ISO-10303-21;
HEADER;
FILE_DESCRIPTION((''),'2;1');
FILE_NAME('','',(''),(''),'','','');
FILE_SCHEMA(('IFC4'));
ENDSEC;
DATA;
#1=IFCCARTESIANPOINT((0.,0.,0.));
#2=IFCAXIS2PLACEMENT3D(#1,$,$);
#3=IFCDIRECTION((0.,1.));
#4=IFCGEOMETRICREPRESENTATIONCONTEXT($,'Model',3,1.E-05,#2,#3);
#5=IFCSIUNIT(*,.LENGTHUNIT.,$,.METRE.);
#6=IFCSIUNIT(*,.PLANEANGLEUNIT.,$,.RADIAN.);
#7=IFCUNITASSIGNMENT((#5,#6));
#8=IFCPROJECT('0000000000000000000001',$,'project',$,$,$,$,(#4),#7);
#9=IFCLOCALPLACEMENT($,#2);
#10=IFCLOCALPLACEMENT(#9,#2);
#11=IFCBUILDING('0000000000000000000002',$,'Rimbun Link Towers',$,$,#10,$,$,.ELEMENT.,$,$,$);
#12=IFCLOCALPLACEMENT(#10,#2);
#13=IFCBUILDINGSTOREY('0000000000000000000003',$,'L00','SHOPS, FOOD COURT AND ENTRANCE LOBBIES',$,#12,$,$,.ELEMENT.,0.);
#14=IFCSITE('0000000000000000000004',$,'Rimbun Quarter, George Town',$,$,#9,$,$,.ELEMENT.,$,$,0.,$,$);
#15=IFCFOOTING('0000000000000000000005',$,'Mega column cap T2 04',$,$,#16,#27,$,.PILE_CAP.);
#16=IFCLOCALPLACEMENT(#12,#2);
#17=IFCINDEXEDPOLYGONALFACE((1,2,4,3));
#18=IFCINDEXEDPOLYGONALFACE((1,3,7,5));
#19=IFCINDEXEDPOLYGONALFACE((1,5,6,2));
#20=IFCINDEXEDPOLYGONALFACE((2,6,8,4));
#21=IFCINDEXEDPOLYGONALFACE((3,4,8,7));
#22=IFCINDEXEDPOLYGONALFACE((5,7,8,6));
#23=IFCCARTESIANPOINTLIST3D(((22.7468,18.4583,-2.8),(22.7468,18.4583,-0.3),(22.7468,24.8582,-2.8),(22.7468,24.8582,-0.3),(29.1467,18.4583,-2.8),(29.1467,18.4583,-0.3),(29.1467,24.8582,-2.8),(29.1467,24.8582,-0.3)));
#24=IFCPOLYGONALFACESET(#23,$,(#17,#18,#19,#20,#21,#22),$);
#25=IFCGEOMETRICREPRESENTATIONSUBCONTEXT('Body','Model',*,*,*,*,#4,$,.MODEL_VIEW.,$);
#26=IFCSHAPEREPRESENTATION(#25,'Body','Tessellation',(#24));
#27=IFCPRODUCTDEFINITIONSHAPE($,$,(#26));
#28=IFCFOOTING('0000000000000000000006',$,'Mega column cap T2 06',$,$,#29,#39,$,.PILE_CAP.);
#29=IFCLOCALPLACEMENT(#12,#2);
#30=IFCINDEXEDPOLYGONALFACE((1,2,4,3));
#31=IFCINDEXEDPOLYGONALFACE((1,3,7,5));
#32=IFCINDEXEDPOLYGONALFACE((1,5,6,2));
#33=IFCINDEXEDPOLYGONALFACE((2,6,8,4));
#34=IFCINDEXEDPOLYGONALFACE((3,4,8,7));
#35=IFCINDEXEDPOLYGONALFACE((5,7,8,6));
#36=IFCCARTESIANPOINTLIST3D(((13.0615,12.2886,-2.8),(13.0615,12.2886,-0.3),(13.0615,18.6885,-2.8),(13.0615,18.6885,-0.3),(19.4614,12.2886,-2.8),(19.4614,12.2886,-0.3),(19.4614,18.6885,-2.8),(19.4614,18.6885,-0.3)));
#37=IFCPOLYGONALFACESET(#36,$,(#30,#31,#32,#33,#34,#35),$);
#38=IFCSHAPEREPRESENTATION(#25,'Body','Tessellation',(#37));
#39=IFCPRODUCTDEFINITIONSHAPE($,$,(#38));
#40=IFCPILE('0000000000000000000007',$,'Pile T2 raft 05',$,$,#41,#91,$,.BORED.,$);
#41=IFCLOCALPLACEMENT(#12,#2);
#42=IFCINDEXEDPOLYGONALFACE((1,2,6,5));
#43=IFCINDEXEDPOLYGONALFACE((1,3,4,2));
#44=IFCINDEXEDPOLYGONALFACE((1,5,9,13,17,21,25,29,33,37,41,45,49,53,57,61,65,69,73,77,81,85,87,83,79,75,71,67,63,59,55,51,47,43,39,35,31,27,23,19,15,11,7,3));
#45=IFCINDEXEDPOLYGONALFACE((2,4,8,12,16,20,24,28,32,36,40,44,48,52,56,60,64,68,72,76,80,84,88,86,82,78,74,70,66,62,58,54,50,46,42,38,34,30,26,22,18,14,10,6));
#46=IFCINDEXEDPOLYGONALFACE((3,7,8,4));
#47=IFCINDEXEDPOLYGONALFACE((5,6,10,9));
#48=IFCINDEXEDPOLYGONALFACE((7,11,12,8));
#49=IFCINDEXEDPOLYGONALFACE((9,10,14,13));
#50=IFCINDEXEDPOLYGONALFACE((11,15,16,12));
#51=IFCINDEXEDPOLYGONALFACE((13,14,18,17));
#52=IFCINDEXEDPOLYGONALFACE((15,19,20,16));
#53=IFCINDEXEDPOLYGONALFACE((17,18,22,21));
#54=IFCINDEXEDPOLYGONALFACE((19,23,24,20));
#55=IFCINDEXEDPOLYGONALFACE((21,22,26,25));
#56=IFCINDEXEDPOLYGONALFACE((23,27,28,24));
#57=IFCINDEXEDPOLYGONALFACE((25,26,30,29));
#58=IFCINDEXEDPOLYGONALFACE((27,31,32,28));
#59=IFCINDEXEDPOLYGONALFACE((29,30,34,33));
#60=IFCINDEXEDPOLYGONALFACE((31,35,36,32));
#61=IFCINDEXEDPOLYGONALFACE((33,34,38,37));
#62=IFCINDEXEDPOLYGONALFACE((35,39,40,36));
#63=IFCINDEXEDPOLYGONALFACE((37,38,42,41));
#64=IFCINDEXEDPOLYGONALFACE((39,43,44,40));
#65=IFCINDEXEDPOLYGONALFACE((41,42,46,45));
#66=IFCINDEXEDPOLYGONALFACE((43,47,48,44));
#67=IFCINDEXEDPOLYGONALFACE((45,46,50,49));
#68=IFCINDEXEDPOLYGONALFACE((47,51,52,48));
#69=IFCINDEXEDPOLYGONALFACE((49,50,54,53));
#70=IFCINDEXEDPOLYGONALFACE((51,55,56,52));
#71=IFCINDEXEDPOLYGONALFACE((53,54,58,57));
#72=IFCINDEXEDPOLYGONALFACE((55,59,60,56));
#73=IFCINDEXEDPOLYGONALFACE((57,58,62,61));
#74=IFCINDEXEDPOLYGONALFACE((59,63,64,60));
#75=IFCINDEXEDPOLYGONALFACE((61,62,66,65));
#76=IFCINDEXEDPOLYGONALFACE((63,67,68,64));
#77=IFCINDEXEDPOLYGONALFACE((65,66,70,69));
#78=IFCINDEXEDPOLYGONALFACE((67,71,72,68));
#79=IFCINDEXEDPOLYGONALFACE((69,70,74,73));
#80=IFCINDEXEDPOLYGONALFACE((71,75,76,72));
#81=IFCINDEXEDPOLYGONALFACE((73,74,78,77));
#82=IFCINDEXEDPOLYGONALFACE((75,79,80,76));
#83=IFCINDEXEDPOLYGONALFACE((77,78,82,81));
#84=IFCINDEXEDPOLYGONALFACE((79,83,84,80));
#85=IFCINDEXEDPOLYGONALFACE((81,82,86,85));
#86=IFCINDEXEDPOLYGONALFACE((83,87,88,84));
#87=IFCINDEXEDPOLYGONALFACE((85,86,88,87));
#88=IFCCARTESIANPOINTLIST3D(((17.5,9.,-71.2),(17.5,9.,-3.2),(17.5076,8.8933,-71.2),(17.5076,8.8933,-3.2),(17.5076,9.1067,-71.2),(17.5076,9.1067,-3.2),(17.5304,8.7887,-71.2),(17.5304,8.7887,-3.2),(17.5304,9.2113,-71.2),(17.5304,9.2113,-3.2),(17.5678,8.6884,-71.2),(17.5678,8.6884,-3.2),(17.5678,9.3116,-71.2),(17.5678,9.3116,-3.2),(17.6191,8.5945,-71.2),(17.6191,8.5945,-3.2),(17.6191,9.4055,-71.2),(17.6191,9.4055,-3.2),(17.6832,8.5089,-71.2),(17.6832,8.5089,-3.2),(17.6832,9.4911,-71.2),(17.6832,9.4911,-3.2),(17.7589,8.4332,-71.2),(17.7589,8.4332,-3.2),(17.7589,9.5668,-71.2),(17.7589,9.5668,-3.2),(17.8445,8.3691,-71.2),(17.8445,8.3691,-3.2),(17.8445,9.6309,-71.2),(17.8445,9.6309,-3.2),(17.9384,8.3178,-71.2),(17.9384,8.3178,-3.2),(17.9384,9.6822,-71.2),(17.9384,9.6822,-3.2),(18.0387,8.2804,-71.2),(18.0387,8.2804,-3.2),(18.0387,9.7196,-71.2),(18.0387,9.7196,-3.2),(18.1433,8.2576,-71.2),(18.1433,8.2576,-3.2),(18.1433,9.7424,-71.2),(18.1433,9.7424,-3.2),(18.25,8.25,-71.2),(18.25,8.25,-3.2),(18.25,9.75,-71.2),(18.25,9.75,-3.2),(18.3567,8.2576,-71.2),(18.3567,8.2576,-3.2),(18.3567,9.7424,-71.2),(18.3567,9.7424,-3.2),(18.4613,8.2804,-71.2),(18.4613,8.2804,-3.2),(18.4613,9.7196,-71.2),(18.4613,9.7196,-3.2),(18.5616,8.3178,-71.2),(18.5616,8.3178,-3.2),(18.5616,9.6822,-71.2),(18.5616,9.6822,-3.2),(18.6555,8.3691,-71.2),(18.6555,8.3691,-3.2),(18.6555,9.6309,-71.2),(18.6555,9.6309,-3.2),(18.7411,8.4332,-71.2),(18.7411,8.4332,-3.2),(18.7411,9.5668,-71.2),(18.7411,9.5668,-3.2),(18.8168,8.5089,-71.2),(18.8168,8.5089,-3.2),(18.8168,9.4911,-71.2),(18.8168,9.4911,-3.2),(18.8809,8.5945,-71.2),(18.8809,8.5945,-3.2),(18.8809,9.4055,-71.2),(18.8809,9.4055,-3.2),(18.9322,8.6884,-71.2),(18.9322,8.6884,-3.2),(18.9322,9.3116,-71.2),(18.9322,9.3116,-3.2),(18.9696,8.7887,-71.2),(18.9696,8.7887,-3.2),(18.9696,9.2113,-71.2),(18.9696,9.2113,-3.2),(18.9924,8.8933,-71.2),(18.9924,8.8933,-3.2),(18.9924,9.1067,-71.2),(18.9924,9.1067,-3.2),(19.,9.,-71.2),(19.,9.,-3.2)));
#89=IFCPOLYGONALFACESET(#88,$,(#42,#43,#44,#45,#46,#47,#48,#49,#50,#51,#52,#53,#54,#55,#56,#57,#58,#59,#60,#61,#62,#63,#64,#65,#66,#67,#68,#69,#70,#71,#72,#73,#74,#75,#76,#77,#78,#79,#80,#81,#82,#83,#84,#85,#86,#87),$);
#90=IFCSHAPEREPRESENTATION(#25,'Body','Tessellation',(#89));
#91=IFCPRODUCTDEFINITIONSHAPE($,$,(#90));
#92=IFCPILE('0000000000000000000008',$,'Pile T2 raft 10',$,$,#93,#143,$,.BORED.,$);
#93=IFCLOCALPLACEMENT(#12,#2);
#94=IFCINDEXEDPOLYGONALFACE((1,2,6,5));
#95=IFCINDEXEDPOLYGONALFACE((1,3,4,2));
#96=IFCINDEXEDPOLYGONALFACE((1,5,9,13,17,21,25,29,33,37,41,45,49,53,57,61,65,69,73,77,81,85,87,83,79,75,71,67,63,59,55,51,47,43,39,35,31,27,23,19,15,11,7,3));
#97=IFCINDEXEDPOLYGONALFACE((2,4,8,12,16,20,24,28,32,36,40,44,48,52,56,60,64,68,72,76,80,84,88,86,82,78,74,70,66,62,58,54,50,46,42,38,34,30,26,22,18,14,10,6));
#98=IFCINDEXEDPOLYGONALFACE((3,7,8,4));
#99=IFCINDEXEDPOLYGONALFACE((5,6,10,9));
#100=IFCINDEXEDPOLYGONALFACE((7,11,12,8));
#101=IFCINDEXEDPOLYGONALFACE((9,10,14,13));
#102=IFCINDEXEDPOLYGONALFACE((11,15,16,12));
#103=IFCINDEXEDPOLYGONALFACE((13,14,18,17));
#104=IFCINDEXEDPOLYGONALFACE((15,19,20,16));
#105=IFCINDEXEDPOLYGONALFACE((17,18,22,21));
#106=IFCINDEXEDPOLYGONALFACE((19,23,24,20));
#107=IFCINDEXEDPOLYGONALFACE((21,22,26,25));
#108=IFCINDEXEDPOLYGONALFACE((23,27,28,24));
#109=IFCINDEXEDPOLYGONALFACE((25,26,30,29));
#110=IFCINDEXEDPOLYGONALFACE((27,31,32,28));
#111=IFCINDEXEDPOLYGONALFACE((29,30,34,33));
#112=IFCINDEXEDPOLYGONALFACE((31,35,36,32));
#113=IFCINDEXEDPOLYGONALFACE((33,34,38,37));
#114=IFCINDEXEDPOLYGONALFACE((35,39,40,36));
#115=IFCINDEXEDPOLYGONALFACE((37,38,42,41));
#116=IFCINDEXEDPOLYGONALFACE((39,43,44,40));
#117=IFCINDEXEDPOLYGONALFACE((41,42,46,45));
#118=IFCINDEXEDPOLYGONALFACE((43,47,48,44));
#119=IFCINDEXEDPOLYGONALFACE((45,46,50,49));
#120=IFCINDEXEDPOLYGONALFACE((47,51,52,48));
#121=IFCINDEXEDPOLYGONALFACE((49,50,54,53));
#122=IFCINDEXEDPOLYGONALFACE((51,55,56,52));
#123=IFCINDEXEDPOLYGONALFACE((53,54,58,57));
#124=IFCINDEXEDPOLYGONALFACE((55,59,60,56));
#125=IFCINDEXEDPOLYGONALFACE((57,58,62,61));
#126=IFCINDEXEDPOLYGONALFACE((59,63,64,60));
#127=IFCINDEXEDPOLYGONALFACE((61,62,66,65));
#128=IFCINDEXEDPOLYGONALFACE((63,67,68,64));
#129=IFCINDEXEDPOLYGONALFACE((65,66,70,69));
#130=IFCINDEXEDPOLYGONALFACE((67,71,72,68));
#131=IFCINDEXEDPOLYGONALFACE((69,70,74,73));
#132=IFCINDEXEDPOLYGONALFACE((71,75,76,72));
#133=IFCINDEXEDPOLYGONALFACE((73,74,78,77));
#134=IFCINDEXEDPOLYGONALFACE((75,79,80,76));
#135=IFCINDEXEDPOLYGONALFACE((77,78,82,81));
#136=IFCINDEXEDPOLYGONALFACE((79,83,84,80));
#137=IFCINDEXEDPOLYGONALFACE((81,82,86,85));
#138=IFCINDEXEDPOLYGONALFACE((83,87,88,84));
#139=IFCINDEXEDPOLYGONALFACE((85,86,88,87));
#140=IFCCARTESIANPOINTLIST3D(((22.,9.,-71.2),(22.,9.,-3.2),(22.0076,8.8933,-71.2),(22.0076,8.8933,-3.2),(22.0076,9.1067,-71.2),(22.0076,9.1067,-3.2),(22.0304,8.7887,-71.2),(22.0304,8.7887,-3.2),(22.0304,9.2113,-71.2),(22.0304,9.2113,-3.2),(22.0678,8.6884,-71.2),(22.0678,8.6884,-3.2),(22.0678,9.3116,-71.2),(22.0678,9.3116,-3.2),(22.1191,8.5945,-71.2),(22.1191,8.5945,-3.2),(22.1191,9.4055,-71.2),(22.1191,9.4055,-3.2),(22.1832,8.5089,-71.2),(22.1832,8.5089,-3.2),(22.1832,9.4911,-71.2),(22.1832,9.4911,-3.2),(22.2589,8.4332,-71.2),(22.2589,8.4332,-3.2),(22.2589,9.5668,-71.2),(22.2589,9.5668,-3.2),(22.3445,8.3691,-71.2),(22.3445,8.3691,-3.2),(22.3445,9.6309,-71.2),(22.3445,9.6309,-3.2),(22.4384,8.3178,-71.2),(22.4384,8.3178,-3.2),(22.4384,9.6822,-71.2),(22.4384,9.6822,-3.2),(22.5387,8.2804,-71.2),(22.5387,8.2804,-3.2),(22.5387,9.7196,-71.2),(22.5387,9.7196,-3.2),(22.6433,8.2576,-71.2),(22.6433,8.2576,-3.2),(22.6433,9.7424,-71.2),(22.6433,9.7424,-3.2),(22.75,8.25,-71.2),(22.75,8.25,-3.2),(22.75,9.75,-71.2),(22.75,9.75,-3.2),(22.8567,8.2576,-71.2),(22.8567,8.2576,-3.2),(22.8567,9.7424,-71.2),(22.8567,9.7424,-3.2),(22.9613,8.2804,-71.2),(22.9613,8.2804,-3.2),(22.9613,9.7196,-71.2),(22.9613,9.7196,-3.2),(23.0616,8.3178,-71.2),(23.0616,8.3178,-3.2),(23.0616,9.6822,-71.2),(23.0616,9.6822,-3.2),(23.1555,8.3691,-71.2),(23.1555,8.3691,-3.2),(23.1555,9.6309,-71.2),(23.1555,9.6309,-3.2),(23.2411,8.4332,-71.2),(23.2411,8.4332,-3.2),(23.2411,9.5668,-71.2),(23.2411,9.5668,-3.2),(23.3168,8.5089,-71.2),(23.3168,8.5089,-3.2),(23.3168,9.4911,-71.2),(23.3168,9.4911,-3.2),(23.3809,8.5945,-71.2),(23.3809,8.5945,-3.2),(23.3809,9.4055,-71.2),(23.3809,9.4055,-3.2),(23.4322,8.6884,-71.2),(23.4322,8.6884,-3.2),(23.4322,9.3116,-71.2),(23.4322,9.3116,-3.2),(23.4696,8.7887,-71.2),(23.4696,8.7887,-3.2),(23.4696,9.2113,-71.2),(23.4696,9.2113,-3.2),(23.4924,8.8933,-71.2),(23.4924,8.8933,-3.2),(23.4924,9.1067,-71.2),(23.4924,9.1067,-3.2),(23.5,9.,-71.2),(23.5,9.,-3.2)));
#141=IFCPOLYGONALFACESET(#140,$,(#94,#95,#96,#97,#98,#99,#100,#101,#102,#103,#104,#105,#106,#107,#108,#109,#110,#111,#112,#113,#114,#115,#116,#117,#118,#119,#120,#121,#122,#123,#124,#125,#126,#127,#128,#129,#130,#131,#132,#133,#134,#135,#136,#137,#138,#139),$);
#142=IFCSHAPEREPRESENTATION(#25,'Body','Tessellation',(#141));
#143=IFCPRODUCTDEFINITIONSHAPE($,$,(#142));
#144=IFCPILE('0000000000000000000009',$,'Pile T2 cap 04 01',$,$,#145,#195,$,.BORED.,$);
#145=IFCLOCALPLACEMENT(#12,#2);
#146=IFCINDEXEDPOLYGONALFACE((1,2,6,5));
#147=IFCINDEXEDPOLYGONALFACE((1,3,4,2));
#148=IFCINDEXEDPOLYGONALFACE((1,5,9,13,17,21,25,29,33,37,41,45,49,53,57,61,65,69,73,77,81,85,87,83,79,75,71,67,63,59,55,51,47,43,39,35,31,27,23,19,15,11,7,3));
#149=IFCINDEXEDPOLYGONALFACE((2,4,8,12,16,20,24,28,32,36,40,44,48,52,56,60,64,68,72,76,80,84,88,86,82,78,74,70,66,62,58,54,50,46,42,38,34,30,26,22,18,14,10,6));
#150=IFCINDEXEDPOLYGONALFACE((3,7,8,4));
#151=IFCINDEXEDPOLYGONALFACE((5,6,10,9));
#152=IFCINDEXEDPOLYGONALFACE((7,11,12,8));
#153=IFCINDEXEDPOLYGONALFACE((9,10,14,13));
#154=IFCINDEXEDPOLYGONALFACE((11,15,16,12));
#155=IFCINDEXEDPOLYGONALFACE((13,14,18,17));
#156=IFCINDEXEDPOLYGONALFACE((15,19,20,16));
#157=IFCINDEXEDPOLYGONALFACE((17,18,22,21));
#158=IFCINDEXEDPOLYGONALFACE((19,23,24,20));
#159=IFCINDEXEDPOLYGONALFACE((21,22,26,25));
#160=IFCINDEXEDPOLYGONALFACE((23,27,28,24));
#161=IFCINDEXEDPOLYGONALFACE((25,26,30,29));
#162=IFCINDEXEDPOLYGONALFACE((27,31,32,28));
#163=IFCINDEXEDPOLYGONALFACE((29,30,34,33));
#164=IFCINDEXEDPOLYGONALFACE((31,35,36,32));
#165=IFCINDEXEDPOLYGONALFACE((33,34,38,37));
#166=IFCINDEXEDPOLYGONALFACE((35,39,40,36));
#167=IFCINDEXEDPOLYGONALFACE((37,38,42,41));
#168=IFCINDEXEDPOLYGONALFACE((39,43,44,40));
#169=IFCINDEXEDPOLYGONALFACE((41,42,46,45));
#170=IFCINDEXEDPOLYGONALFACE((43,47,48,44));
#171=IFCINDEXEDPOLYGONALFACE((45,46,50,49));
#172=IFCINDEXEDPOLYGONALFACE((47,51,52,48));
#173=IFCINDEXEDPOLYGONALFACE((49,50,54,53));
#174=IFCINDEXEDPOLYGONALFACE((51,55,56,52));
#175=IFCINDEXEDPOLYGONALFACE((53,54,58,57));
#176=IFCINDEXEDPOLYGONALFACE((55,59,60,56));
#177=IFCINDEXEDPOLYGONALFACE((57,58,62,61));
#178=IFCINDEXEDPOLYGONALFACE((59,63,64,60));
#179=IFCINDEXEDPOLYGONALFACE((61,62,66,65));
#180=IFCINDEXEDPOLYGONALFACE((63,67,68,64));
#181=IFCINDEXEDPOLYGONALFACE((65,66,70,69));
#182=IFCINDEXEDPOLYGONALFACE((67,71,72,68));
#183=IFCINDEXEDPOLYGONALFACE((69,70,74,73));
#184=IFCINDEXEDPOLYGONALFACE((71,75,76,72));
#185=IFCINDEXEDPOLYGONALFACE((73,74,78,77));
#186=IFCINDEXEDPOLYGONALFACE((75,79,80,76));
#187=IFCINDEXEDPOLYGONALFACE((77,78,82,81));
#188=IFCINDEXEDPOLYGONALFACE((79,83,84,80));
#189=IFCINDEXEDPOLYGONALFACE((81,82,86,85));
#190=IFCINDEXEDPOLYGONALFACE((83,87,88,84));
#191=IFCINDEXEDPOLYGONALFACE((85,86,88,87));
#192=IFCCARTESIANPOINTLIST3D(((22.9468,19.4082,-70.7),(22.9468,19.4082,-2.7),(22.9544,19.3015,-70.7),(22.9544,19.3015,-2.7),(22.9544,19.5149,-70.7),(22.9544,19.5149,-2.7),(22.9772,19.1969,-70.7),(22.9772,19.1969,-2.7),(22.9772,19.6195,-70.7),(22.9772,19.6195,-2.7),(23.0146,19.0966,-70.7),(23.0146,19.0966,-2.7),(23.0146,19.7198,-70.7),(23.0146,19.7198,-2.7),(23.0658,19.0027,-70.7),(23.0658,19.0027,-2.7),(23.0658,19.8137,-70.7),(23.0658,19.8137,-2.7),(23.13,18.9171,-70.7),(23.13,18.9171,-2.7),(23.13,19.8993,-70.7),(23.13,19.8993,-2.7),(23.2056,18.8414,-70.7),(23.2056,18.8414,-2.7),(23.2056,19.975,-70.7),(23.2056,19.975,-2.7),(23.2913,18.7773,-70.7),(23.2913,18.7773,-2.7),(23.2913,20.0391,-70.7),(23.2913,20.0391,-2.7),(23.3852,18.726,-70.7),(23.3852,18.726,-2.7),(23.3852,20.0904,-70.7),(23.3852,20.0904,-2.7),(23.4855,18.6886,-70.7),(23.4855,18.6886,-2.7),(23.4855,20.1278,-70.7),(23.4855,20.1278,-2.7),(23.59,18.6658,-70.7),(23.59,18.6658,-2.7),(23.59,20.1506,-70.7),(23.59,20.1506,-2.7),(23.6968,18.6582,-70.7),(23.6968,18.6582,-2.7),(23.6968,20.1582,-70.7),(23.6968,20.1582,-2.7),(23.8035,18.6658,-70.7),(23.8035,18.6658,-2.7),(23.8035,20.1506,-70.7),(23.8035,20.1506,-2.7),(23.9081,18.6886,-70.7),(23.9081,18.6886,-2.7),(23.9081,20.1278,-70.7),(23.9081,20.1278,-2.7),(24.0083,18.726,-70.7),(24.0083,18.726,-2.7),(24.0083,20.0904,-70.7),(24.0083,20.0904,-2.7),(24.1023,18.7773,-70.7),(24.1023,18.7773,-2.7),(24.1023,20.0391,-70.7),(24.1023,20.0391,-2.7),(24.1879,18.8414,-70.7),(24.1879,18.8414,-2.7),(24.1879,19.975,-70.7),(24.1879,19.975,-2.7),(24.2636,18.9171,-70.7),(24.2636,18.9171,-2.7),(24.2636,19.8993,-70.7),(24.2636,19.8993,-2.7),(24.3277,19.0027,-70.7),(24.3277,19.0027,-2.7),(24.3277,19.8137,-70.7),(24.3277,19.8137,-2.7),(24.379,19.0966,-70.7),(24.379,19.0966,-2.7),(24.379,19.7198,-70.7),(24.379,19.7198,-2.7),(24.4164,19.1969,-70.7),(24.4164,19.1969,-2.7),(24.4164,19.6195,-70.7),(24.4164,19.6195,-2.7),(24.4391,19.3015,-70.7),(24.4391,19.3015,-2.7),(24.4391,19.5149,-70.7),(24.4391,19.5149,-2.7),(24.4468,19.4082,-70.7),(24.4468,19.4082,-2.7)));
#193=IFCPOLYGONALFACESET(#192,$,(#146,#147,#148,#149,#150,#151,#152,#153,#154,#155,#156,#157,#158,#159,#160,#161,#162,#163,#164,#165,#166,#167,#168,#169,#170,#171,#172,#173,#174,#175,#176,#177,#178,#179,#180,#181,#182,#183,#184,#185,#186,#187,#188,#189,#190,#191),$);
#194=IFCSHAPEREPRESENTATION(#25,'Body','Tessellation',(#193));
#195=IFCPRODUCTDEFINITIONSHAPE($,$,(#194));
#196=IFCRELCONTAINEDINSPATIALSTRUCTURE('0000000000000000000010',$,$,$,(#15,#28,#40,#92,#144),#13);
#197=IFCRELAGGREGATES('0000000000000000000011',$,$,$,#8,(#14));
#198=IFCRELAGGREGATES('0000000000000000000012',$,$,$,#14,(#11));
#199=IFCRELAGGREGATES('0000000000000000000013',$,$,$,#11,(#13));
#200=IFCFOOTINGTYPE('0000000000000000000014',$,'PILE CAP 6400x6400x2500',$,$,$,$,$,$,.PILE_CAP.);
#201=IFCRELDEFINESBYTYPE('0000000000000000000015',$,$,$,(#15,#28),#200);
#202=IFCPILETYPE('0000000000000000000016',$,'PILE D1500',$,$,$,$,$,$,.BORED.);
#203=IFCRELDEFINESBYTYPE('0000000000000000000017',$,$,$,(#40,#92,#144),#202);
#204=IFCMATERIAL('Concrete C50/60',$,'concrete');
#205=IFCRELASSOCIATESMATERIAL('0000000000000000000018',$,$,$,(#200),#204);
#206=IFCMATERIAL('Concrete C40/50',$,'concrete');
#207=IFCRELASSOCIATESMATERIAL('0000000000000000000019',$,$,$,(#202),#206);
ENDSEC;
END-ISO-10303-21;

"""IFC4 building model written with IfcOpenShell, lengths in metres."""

from ifc_helpers import new_model, si_unit, direction, frame, origin, origin_2d, place, context, subcontext, project, spatial, rectangle, circle, extrude, material, material_profile, profile_set, type_object, element, save


model = new_model("IFC4")

# Units and contexts
model_context = context("Model", 3, precision=1e-05, world=origin(), true_north=direction((0.0, 1.0)))
body_context = subcontext(model_context, "Body", "Model", "MODEL_VIEW")
ifc_project = project(units=[si_unit("LENGTHUNIT", "METRE"), si_unit("PLANEANGLEUNIT", "RADIAN")], contexts=[model_context])

# Site, building, storey
site_placement = place(None, origin())
site = spatial("IfcSite", under=ifc_project, at=site_placement, Name="Rimbun Quarter, George Town", CompositionType="ELEMENT", RefElevation=0.0)
building_placement = place(site_placement, origin())
building = spatial("IfcBuilding", under=site, at=building_placement, Name="Rimbun Link Towers", CompositionType="ELEMENT")
storey_placement = place(building_placement, origin())
storey = spatial("IfcBuildingStorey", under=building, at=storey_placement, Name="L00", Description="SHOPS, FOOD COURT AND ENTRANCE LOBBIES", CompositionType="ELEMENT", Elevation=0.0)

# Footings
ifc_material_1 = material(Name="Concrete C50/60", Category="concrete")
footing_type = type_object("IfcFootingType", Name="PILE CAP 6400x6400x2500", PredefinedType="PILE_CAP", material=ifc_material_1)
for number, where, z_axis, x_axis, name in (
    (1, (25.9468, 21.6582, -2.8), (0.0, 0.0, 1.0), (1.0, 0.0, 0.0), "Mega column cap T2 04"),
    (2, (16.2615, 15.4885, -2.8), (0.0, 0.0, 1.0), (1.0, 0.0, 0.0), "Mega column cap T2 06"),
):
    element("IfcFooting", number, at=place(storey_placement, frame(where, z_axis=z_axis, x_axis=x_axis)), inside=storey, type_object=footing_type, Name=name, PredefinedType="PILE_CAP", context=body_context, shape_type="SweptSolid", body=[
        extrude(rectangle(XDim=6.3999, YDim=6.3999, at=origin_2d()), origin(), (0.0, 0.0, 1.0), 2.5),
    ])

# Piles
ifc_material_2 = material(Name="Concrete C40/50", Category="concrete")
ifc_material_profile_1 = material_profile(ifc_material_2, circle(Radius=0.75, at=origin_2d()), Name="PILE D1500")
ifc_profile_set_1 = profile_set([ifc_material_profile_1], Name="Concrete C40/50")
pile_type = type_object("IfcPileType", Name="PILE D1500", PredefinedType="BORED", material=ifc_profile_set_1)
for number, where, z_axis, x_axis, name in (
    (3, (18.25, 9.0, -3.2), (0.0, 0.0, -1.0), (1.0, 0.0, 0.0), "Pile T2 raft 05"),
    (4, (22.75, 9.0, -3.2), (0.0, 0.0, -1.0), (1.0, 0.0, 0.0), "Pile T2 raft 10"),
    (5, (23.6968, 19.4082, -2.7), (0.0, 0.0, -1.0), (1.0, 0.0, 0.0), "Pile T2 cap 04 01"),
):
    element("IfcPile", number, at=place(storey_placement, frame(where, z_axis=z_axis, x_axis=x_axis)), inside=storey, type_object=pile_type, Name=name, PredefinedType="BORED", context=body_context, shape_type="SweptSolid", body=[
        extrude(circle(Radius=0.75, at=origin_2d()), origin(), (0.0, 0.0, 1.0), 68.0),
    ])

save(model, "model.ifc")
